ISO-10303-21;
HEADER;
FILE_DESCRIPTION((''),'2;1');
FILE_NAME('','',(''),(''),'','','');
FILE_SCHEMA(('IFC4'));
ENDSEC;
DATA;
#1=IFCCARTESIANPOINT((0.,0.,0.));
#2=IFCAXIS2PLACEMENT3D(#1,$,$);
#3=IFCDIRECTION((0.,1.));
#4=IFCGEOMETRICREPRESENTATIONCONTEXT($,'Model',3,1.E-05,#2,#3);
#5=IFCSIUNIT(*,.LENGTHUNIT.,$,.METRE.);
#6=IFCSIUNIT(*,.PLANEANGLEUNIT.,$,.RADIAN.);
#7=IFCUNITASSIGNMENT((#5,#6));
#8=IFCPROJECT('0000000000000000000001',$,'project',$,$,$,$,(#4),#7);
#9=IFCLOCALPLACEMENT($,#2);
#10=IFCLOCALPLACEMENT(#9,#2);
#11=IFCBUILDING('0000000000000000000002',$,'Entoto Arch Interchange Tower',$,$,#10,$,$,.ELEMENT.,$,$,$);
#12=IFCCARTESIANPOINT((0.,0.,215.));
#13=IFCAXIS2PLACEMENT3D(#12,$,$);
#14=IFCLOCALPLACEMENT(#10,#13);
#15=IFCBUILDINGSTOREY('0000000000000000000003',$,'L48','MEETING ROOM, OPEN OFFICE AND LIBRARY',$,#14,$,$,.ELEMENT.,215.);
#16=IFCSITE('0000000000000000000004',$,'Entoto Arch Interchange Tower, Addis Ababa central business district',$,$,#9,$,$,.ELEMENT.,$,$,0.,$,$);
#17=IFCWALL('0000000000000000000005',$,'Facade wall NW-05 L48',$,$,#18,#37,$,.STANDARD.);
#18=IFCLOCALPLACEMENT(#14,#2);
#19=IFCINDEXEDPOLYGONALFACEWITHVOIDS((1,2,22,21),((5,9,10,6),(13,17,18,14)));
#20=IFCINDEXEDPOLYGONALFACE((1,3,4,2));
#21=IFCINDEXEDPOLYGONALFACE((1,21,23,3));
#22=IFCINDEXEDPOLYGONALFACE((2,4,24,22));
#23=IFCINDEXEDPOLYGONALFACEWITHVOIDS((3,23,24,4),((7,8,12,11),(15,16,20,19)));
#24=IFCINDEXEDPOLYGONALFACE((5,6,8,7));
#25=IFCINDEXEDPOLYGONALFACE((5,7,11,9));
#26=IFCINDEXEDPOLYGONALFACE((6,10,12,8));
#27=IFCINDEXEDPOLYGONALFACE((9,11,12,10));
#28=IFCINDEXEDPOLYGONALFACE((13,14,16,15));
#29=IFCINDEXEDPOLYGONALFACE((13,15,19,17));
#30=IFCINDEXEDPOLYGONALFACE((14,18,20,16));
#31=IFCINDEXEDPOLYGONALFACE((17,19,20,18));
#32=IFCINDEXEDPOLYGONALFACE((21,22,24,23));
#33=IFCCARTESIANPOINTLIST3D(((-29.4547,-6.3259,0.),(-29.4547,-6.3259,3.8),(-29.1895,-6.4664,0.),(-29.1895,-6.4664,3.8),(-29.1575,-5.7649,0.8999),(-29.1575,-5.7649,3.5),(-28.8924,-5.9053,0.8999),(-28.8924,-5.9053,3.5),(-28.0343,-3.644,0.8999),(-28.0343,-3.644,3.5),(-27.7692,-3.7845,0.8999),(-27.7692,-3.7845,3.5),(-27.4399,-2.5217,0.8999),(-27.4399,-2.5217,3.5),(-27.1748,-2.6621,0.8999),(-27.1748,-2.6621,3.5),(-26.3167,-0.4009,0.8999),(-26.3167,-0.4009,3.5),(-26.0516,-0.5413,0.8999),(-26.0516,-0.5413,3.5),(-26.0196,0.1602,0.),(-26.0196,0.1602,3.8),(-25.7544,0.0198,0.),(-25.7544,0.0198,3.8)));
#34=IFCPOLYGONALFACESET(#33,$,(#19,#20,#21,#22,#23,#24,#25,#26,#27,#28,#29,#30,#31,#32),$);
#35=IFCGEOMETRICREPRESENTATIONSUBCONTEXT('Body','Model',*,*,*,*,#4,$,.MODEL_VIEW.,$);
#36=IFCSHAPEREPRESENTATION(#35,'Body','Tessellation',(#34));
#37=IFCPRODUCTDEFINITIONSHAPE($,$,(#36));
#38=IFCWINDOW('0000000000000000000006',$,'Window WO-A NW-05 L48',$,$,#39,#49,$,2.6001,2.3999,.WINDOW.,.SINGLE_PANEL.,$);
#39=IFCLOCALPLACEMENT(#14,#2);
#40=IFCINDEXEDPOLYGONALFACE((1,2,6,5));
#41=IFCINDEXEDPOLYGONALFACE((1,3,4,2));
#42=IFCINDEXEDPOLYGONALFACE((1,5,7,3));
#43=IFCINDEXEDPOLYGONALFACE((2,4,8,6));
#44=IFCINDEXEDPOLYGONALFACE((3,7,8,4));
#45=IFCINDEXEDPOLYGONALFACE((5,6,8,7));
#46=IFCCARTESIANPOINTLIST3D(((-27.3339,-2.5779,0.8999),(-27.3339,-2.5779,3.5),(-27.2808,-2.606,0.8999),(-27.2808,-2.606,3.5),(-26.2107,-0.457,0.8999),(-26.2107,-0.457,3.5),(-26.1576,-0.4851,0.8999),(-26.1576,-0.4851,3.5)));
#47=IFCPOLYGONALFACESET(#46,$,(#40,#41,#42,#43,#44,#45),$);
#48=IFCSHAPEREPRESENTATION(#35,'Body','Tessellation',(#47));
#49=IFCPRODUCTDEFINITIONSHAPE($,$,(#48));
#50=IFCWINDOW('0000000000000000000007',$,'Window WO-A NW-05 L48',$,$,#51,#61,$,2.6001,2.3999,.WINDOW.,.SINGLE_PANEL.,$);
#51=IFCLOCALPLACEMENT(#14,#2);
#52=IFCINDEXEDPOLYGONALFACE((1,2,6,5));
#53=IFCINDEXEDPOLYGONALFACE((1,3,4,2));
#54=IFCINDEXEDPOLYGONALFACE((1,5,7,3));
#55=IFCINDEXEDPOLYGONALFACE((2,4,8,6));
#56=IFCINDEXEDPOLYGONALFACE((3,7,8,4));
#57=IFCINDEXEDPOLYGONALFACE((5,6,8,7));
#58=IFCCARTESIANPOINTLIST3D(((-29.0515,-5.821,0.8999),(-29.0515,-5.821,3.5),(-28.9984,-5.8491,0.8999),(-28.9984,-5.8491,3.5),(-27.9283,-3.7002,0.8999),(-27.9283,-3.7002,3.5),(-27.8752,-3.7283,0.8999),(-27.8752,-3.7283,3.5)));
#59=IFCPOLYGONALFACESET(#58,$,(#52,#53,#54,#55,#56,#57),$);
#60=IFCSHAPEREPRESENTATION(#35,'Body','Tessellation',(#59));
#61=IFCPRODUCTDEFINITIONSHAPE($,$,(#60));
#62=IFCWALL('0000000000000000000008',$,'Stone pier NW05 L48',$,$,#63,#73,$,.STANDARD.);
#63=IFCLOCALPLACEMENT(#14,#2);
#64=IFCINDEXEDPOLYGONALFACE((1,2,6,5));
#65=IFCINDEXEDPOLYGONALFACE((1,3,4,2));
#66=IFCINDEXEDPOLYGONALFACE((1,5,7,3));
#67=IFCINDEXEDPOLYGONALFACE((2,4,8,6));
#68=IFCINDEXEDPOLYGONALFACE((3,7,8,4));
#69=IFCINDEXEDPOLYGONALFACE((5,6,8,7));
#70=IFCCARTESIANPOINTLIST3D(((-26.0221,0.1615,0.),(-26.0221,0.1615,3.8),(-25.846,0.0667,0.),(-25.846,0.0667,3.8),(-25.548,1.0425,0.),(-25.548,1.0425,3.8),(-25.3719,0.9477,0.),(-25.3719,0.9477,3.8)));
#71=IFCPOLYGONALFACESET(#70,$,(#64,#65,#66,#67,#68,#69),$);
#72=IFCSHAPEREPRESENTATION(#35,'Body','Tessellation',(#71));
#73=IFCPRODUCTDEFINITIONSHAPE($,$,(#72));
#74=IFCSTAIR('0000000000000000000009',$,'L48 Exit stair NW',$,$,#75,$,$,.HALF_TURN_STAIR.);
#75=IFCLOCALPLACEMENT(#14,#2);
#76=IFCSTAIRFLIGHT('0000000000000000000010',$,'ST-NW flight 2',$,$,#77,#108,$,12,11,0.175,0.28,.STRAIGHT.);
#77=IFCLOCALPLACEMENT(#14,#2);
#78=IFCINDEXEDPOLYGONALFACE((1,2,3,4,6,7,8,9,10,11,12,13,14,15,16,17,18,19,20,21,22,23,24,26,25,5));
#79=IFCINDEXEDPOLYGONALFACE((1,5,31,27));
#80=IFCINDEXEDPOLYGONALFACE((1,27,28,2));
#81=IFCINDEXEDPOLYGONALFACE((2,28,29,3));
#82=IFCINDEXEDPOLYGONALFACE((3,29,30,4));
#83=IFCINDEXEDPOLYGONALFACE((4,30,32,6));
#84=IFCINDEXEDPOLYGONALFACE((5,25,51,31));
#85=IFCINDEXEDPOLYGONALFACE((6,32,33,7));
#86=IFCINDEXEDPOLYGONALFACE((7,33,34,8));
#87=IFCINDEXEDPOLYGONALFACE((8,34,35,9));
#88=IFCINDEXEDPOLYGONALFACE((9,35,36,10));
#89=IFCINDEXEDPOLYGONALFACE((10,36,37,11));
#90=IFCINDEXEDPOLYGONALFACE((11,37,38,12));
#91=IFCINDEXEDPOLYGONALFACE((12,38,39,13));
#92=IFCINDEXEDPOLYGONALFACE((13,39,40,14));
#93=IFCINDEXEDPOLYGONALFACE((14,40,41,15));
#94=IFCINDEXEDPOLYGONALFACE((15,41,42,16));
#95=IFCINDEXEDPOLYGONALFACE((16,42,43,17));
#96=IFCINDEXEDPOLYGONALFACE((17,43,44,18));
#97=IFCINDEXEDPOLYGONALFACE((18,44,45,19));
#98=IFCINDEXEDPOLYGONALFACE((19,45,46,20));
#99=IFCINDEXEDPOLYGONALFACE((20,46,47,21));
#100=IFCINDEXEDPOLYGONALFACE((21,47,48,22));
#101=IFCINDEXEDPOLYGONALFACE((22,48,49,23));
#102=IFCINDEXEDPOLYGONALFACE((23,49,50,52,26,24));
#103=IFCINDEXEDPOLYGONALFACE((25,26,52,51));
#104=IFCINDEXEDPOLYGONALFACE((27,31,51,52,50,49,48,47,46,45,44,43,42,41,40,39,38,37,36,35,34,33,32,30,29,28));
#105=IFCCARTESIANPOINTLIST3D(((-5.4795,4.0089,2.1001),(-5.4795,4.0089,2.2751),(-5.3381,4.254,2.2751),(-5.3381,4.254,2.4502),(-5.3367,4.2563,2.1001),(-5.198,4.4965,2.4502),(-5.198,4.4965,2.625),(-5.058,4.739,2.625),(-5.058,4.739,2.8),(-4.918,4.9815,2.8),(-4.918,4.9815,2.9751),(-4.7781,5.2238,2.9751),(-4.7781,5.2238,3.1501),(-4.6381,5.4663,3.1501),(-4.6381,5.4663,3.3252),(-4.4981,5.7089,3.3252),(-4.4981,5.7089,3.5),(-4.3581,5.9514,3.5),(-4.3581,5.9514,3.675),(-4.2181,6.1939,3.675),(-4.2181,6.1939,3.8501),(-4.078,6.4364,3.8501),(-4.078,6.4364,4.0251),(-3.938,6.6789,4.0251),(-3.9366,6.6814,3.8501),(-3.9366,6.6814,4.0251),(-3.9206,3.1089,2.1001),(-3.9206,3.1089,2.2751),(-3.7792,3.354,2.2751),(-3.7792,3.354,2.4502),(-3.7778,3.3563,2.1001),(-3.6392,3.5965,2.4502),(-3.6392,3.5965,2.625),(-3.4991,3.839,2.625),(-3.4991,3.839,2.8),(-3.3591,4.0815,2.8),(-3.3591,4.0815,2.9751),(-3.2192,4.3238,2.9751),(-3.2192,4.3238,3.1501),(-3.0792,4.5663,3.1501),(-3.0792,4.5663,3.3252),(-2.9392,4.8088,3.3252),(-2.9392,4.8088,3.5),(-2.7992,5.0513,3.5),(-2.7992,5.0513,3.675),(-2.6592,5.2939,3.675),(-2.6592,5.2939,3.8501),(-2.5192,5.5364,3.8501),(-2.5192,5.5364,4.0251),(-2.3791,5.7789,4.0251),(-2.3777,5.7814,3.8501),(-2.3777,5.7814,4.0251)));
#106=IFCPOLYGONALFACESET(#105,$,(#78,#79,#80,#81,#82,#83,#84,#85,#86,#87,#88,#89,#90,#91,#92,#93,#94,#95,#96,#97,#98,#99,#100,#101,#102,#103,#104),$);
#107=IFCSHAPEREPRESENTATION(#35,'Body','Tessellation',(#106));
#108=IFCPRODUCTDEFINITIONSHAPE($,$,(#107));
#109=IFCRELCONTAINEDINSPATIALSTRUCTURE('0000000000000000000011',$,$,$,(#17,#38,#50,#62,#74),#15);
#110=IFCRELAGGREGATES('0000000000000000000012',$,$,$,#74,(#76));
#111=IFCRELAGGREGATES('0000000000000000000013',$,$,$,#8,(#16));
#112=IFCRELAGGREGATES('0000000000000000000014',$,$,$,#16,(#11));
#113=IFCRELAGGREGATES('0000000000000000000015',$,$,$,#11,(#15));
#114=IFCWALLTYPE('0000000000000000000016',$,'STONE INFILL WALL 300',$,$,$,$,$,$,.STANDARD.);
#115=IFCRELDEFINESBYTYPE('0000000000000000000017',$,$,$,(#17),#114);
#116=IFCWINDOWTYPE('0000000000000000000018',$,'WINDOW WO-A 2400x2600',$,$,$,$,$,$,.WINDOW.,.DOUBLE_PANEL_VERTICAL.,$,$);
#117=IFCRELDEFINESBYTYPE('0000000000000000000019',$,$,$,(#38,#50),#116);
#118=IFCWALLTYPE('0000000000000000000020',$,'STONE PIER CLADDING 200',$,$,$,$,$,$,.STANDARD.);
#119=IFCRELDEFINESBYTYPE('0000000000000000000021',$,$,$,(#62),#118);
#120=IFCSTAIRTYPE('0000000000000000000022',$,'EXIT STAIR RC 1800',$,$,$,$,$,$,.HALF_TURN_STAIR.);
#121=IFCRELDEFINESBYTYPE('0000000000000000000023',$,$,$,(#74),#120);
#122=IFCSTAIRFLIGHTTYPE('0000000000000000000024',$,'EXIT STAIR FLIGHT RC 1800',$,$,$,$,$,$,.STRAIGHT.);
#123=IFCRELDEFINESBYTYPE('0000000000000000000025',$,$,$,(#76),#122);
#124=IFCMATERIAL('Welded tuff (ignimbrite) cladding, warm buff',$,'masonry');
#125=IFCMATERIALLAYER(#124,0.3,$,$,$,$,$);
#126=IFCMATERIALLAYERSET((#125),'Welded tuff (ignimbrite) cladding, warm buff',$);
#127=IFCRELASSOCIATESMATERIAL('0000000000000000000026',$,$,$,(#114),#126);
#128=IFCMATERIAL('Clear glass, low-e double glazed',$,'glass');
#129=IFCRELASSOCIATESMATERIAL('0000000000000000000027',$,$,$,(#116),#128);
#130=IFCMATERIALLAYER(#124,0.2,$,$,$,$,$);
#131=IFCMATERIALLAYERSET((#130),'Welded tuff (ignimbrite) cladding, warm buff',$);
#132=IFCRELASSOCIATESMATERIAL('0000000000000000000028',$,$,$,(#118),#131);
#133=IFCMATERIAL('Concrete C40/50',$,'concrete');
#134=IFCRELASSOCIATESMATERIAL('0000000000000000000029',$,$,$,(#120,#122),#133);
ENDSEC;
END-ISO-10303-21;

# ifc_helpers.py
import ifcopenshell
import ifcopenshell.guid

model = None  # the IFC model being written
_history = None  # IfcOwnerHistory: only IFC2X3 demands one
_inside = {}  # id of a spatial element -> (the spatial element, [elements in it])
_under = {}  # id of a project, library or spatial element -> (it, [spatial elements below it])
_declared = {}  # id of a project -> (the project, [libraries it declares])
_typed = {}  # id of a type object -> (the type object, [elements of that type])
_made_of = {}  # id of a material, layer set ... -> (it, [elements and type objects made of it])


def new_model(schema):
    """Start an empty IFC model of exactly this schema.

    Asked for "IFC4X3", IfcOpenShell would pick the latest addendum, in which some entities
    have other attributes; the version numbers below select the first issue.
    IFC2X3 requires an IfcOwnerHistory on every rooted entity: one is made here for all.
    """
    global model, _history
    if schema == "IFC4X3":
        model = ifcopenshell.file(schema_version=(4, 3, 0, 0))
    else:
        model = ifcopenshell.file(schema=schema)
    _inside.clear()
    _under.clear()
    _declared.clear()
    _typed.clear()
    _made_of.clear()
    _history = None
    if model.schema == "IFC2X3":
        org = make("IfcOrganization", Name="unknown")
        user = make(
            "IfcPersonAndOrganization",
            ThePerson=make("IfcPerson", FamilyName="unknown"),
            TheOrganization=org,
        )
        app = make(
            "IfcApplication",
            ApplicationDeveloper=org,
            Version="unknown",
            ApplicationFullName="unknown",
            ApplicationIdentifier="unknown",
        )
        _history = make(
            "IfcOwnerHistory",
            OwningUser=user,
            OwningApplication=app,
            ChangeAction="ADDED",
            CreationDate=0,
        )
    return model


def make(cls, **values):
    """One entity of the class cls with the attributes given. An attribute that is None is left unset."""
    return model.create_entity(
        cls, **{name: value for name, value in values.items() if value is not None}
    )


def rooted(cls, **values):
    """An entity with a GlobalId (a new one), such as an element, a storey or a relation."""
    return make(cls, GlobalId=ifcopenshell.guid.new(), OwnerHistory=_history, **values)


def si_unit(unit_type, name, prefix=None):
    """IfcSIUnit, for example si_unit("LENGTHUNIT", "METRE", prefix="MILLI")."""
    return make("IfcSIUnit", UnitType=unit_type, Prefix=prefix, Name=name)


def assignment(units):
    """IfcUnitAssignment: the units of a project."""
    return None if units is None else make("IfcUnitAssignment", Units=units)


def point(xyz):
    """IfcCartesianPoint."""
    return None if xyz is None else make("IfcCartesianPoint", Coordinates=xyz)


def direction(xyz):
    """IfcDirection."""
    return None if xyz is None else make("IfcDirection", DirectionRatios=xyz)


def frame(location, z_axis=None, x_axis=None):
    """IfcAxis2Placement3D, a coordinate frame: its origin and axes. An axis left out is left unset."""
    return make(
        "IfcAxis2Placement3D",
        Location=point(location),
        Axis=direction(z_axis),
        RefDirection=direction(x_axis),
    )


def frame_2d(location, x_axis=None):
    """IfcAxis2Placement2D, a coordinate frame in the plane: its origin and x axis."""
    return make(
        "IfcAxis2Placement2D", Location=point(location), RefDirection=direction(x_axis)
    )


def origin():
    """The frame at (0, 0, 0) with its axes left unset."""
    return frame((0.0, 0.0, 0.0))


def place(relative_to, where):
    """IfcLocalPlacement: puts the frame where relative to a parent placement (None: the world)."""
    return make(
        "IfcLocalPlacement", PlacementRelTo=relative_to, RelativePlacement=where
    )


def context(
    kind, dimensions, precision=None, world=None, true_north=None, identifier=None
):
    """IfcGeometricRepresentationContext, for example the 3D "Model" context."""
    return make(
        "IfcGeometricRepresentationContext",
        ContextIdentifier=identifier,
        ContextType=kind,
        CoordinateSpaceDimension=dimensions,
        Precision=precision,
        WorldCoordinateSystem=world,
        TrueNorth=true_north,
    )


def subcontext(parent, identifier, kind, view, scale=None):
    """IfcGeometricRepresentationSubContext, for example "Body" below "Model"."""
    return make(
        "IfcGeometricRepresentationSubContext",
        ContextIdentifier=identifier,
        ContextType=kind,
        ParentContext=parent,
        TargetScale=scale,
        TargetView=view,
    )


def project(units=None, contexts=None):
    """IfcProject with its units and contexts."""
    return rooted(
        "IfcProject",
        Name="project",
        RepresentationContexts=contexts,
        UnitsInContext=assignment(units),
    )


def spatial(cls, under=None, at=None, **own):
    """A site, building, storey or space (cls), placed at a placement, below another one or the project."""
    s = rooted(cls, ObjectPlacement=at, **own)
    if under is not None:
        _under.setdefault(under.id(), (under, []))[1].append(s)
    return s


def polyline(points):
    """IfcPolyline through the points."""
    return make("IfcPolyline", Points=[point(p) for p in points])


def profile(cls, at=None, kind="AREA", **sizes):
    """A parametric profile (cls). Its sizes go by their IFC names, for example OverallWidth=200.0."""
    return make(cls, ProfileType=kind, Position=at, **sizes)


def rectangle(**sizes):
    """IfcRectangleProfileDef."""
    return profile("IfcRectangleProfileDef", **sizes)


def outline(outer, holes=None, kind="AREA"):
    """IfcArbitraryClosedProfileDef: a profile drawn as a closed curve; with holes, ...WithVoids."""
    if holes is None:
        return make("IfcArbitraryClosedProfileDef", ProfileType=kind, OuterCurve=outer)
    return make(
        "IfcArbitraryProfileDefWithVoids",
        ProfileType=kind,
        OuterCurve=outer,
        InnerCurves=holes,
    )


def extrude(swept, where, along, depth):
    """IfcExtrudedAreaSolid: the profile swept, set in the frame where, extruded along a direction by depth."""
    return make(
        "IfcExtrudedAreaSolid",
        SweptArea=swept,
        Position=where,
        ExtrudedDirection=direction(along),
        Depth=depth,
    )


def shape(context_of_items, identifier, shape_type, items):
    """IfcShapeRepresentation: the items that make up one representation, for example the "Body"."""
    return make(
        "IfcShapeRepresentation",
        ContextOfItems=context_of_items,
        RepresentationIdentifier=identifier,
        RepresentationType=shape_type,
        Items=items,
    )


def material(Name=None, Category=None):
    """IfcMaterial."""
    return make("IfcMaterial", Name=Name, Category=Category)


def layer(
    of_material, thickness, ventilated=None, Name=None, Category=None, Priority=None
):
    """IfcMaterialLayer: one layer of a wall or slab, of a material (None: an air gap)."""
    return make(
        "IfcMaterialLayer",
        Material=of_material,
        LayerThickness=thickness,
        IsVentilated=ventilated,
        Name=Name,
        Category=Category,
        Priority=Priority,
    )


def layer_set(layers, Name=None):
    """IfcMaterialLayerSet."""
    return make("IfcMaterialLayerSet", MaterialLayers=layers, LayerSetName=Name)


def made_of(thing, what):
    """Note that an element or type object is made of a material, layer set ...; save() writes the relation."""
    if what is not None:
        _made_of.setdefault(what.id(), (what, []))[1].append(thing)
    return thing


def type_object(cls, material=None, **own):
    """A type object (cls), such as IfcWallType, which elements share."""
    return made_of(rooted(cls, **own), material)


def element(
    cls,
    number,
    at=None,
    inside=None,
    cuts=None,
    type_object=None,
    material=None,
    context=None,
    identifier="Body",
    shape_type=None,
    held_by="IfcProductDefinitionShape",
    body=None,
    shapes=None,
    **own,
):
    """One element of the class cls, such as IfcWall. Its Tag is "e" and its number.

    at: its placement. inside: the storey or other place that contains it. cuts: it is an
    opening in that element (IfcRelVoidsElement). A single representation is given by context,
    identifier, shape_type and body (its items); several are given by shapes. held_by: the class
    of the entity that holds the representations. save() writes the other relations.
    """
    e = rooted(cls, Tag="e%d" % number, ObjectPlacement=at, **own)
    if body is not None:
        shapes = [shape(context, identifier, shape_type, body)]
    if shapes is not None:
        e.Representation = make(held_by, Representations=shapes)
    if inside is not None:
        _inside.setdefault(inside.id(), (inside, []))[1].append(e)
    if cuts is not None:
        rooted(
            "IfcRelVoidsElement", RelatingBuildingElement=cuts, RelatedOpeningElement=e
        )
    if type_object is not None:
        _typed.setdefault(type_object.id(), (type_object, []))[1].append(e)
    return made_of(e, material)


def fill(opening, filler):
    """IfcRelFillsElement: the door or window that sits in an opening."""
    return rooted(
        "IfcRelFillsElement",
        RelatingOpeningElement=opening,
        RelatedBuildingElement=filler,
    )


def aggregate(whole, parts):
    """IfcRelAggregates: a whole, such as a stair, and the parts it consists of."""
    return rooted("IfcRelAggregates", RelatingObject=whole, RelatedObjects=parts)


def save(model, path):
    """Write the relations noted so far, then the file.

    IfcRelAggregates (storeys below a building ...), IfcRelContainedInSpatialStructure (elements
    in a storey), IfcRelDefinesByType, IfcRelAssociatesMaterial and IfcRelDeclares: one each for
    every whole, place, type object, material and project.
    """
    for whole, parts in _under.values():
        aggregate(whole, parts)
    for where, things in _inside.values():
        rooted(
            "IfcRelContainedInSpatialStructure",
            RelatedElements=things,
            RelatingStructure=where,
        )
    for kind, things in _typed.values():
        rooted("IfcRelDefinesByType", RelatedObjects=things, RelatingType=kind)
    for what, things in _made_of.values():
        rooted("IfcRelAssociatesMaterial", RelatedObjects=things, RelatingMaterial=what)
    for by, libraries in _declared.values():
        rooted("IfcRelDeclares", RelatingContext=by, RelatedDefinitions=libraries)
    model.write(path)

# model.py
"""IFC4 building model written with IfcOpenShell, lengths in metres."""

from ifc_helpers import new_model, si_unit, direction, frame, frame_2d, origin, place, context, subcontext, project, spatial, polyline, rectangle, outline, extrude, material, layer, layer_set, type_object, element, fill, aggregate, save


model = new_model("IFC4")

# Units and contexts
model_context = context("Model", 3, precision=1e-05, world=origin(), true_north=direction((0.0, 1.0)))
body_context = subcontext(model_context, "Body", "Model", "MODEL_VIEW")
ifc_project = project(units=[si_unit("LENGTHUNIT", "METRE"), si_unit("PLANEANGLEUNIT", "RADIAN")], contexts=[model_context])

# Site, building, storey
site_placement = place(None, origin())
site = spatial("IfcSite", under=ifc_project, at=site_placement, Name="Entoto Arch Interchange Tower, Addis Ababa central business district", CompositionType="ELEMENT", RefElevation=0.0)
building_placement = place(site_placement, origin())
building = spatial("IfcBuilding", under=site, at=building_placement, Name="Entoto Arch Interchange Tower", CompositionType="ELEMENT")
storey_placement = place(building_placement, frame((0.0, 0.0, 215.0)))
storey = spatial("IfcBuildingStorey", under=building, at=storey_placement, Name="L48", Description="MEETING ROOM, OPEN OFFICE AND LIBRARY", CompositionType="ELEMENT", Elevation=215.0)

# Shared definitions
ifc_material_1 = material(Name="Concrete C40/50", Category="concrete")

# Wall, openings, windows
ifc_material_2 = material(Name="Welded tuff (ignimbrite) cladding, warm buff", Category="masonry")
ifc_layer_1 = layer(ifc_material_2, 0.3)
ifc_layer_set_1 = layer_set([ifc_layer_1], Name="Welded tuff (ignimbrite) cladding, warm buff")
wall_type_1 = type_object("IfcWallType", Name="STONE INFILL WALL 300", PredefinedType="STANDARD", material=ifc_layer_set_1)
wall_1_placement = place(storey_placement, frame((-25.887, 0.0901, 0.0), z_axis=(0.0, 0.0, 1.0), x_axis=(-0.468021, -0.883718, 0.0)))
wall_1 = element("IfcWall", 1, at=wall_1_placement, inside=storey, type_object=wall_type_1, Name="Facade wall NW-05 L48", PredefinedType="STANDARD", context=body_context, shape_type="SweptSolid", body=[
    extrude(rectangle(XDim=7.3396, YDim=0.3, at=frame_2d((3.6699, 0.0))), origin(), (0.0, 0.0, 1.0), 3.8),
])
opening_1_placement = place(wall_1_placement, frame((0.635, 0.0, 0.8999)))
opening_1 = element("IfcOpeningElement", 2, at=opening_1_placement, cuts=wall_1, PredefinedType="OPENING", context=body_context, shape_type="SweptSolid", body=[
    extrude(rectangle(XDim=2.3999, YDim=2.6001, at=frame_2d((1.2, 1.3))), frame((0.0, 0.1602, 0.0), z_axis=(0.0, -1.0, 0.0), x_axis=(1.0, 0.0, 0.0)), (0.0, 0.0, 1.0), 0.3201),
])
opening_2_placement = place(wall_1_placement, frame((4.3049, 0.0, 0.8999)))
opening_2 = element("IfcOpeningElement", 3, at=opening_2_placement, cuts=wall_1, PredefinedType="OPENING", context=body_context, shape_type="SweptSolid", body=[
    extrude(rectangle(XDim=2.3999, YDim=2.6001, at=frame_2d((1.2, 1.3))), frame((0.0, 0.1602, 0.0), z_axis=(0.0, -1.0, 0.0), x_axis=(1.0, 0.0, 0.0)), (0.0, 0.0, 1.0), 0.3201),
])
ifc_material_3 = material(Name="Clear glass, low-e double glazed", Category="glass")
window_type = type_object("IfcWindowType", Name="WINDOW WO-A 2400x2600", PartitioningType="DOUBLE_PANEL_VERTICAL", PredefinedType="WINDOW", material=ifc_material_3)
window_1_placement = place(opening_1_placement, origin())
window_1 = element("IfcWindow", 4, at=window_1_placement, inside=storey, type_object=window_type, Name="Window WO-A NW-05 L48", OverallHeight=2.6001, OverallWidth=2.3999, PartitioningType="SINGLE_PANEL", PredefinedType="WINDOW", context=body_context, shape_type="SweptSolid", body=[
    extrude(rectangle(XDim=2.3999, YDim=2.6001, at=frame_2d((1.2, 1.3))), frame((0.0, 0.03, 0.0), z_axis=(0.0, -1.0, 0.0), x_axis=(1.0, 0.0, 0.0)), (0.0, 0.0, 1.0), 0.0601),
])
fill(opening_1, window_1)
window_2_placement = place(opening_2_placement, origin())
window_2 = element("IfcWindow", 5, at=window_2_placement, inside=storey, type_object=window_type, Name="Window WO-A NW-05 L48", OverallHeight=2.6001, OverallWidth=2.3999, PartitioningType="SINGLE_PANEL", PredefinedType="WINDOW", context=body_context, shape_type="SweptSolid", body=[
    extrude(rectangle(XDim=2.3999, YDim=2.6001, at=frame_2d((1.2, 1.3))), frame((0.0, 0.03, 0.0), z_axis=(0.0, -1.0, 0.0), x_axis=(1.0, 0.0, 0.0)), (0.0, 0.0, 1.0), 0.0601),
])
fill(opening_2, window_2)

# Wall
ifc_layer_2 = layer(ifc_material_2, 0.2)
ifc_layer_set_2 = layer_set([ifc_layer_2], Name="Welded tuff (ignimbrite) cladding, warm buff")
wall_type_2 = type_object("IfcWallType", Name="STONE PIER CLADDING 200", PredefinedType="STANDARD", material=ifc_layer_set_2)
wall_2_placement = place(storey_placement, frame((-25.46, 0.9951, 0.0), z_axis=(0.0, 0.0, 1.0), x_axis=(-0.473852, -0.880604, 0.0)))
element("IfcWall", 6, at=wall_2_placement, inside=storey, type_object=wall_type_2, Name="Stone pier NW05 L48", PredefinedType="STANDARD", context=body_context, shape_type="SweptSolid", body=[
    extrude(rectangle(XDim=1.0005, YDim=0.2, at=frame_2d((0.5002, 0.0))), origin(), (0.0, 0.0, 1.0), 3.8),
])

# Stair, stair flight
stair_type = type_object("IfcStairType", Name="EXIT STAIR RC 1800", PredefinedType="HALF_TURN_STAIR", material=ifc_material_1)
stair_placement = place(storey_placement, origin())
stair = element("IfcStair", 7, at=stair_placement, inside=storey, type_object=stair_type, Name="L48 Exit stair NW", PredefinedType="HALF_TURN_STAIR")
stair_flight_type = type_object("IfcStairFlightType", Name="EXIT STAIR FLIGHT RC 1800", PredefinedType="STRAIGHT", material=ifc_material_1)
stair_flight_placement = place(storey_placement, frame((-4.6987, 3.5615, 2.1001), z_axis=(0.0, 0.0, 1.0), x_axis=(0.5, 0.866025, 0.0)))
stair_flight = element("IfcStairFlight", 8, at=stair_flight_placement, type_object=stair_flight_type, Name="ST-NW flight 2", NumberOfRisers=12, NumberOfTreads=11, PredefinedType="STRAIGHT", RiserHeight=0.175, TreadLength=0.28, context=body_context, shape_type="SweptSolid", body=[
    extrude(outline(polyline([(-0.0029, 0.0), (-0.0029, 0.175), (0.28, 0.175), (0.28, 0.3501), (0.5601, 0.3501), (0.5601, 0.5249), (0.8401, 0.5249), (0.8401, 0.7), (1.1201, 0.7), (1.1201, 0.875), (1.3999, 0.875), (1.3999, 1.05), (1.6799, 1.05), (1.6799, 1.2251), (1.96, 1.2251), (1.96, 1.3999), (2.24, 1.3999), (2.24, 1.575), (2.52, 1.575), (2.52, 1.75), (2.8, 1.75), (2.8, 1.925), (3.0801, 1.925), (3.083, 1.925), (3.083, 1.75), (0.2827, 0.0), (-0.0029, 0.0)])), frame((0.0, 0.8999, 0.0), z_axis=(0.0, -1.0, 0.0), x_axis=(1.0, 0.0, 0.0)), (0.0, 0.0, 1.0), 1.8),
])
aggregate(stair, [stair_flight])

save(model, "model.ifc")
